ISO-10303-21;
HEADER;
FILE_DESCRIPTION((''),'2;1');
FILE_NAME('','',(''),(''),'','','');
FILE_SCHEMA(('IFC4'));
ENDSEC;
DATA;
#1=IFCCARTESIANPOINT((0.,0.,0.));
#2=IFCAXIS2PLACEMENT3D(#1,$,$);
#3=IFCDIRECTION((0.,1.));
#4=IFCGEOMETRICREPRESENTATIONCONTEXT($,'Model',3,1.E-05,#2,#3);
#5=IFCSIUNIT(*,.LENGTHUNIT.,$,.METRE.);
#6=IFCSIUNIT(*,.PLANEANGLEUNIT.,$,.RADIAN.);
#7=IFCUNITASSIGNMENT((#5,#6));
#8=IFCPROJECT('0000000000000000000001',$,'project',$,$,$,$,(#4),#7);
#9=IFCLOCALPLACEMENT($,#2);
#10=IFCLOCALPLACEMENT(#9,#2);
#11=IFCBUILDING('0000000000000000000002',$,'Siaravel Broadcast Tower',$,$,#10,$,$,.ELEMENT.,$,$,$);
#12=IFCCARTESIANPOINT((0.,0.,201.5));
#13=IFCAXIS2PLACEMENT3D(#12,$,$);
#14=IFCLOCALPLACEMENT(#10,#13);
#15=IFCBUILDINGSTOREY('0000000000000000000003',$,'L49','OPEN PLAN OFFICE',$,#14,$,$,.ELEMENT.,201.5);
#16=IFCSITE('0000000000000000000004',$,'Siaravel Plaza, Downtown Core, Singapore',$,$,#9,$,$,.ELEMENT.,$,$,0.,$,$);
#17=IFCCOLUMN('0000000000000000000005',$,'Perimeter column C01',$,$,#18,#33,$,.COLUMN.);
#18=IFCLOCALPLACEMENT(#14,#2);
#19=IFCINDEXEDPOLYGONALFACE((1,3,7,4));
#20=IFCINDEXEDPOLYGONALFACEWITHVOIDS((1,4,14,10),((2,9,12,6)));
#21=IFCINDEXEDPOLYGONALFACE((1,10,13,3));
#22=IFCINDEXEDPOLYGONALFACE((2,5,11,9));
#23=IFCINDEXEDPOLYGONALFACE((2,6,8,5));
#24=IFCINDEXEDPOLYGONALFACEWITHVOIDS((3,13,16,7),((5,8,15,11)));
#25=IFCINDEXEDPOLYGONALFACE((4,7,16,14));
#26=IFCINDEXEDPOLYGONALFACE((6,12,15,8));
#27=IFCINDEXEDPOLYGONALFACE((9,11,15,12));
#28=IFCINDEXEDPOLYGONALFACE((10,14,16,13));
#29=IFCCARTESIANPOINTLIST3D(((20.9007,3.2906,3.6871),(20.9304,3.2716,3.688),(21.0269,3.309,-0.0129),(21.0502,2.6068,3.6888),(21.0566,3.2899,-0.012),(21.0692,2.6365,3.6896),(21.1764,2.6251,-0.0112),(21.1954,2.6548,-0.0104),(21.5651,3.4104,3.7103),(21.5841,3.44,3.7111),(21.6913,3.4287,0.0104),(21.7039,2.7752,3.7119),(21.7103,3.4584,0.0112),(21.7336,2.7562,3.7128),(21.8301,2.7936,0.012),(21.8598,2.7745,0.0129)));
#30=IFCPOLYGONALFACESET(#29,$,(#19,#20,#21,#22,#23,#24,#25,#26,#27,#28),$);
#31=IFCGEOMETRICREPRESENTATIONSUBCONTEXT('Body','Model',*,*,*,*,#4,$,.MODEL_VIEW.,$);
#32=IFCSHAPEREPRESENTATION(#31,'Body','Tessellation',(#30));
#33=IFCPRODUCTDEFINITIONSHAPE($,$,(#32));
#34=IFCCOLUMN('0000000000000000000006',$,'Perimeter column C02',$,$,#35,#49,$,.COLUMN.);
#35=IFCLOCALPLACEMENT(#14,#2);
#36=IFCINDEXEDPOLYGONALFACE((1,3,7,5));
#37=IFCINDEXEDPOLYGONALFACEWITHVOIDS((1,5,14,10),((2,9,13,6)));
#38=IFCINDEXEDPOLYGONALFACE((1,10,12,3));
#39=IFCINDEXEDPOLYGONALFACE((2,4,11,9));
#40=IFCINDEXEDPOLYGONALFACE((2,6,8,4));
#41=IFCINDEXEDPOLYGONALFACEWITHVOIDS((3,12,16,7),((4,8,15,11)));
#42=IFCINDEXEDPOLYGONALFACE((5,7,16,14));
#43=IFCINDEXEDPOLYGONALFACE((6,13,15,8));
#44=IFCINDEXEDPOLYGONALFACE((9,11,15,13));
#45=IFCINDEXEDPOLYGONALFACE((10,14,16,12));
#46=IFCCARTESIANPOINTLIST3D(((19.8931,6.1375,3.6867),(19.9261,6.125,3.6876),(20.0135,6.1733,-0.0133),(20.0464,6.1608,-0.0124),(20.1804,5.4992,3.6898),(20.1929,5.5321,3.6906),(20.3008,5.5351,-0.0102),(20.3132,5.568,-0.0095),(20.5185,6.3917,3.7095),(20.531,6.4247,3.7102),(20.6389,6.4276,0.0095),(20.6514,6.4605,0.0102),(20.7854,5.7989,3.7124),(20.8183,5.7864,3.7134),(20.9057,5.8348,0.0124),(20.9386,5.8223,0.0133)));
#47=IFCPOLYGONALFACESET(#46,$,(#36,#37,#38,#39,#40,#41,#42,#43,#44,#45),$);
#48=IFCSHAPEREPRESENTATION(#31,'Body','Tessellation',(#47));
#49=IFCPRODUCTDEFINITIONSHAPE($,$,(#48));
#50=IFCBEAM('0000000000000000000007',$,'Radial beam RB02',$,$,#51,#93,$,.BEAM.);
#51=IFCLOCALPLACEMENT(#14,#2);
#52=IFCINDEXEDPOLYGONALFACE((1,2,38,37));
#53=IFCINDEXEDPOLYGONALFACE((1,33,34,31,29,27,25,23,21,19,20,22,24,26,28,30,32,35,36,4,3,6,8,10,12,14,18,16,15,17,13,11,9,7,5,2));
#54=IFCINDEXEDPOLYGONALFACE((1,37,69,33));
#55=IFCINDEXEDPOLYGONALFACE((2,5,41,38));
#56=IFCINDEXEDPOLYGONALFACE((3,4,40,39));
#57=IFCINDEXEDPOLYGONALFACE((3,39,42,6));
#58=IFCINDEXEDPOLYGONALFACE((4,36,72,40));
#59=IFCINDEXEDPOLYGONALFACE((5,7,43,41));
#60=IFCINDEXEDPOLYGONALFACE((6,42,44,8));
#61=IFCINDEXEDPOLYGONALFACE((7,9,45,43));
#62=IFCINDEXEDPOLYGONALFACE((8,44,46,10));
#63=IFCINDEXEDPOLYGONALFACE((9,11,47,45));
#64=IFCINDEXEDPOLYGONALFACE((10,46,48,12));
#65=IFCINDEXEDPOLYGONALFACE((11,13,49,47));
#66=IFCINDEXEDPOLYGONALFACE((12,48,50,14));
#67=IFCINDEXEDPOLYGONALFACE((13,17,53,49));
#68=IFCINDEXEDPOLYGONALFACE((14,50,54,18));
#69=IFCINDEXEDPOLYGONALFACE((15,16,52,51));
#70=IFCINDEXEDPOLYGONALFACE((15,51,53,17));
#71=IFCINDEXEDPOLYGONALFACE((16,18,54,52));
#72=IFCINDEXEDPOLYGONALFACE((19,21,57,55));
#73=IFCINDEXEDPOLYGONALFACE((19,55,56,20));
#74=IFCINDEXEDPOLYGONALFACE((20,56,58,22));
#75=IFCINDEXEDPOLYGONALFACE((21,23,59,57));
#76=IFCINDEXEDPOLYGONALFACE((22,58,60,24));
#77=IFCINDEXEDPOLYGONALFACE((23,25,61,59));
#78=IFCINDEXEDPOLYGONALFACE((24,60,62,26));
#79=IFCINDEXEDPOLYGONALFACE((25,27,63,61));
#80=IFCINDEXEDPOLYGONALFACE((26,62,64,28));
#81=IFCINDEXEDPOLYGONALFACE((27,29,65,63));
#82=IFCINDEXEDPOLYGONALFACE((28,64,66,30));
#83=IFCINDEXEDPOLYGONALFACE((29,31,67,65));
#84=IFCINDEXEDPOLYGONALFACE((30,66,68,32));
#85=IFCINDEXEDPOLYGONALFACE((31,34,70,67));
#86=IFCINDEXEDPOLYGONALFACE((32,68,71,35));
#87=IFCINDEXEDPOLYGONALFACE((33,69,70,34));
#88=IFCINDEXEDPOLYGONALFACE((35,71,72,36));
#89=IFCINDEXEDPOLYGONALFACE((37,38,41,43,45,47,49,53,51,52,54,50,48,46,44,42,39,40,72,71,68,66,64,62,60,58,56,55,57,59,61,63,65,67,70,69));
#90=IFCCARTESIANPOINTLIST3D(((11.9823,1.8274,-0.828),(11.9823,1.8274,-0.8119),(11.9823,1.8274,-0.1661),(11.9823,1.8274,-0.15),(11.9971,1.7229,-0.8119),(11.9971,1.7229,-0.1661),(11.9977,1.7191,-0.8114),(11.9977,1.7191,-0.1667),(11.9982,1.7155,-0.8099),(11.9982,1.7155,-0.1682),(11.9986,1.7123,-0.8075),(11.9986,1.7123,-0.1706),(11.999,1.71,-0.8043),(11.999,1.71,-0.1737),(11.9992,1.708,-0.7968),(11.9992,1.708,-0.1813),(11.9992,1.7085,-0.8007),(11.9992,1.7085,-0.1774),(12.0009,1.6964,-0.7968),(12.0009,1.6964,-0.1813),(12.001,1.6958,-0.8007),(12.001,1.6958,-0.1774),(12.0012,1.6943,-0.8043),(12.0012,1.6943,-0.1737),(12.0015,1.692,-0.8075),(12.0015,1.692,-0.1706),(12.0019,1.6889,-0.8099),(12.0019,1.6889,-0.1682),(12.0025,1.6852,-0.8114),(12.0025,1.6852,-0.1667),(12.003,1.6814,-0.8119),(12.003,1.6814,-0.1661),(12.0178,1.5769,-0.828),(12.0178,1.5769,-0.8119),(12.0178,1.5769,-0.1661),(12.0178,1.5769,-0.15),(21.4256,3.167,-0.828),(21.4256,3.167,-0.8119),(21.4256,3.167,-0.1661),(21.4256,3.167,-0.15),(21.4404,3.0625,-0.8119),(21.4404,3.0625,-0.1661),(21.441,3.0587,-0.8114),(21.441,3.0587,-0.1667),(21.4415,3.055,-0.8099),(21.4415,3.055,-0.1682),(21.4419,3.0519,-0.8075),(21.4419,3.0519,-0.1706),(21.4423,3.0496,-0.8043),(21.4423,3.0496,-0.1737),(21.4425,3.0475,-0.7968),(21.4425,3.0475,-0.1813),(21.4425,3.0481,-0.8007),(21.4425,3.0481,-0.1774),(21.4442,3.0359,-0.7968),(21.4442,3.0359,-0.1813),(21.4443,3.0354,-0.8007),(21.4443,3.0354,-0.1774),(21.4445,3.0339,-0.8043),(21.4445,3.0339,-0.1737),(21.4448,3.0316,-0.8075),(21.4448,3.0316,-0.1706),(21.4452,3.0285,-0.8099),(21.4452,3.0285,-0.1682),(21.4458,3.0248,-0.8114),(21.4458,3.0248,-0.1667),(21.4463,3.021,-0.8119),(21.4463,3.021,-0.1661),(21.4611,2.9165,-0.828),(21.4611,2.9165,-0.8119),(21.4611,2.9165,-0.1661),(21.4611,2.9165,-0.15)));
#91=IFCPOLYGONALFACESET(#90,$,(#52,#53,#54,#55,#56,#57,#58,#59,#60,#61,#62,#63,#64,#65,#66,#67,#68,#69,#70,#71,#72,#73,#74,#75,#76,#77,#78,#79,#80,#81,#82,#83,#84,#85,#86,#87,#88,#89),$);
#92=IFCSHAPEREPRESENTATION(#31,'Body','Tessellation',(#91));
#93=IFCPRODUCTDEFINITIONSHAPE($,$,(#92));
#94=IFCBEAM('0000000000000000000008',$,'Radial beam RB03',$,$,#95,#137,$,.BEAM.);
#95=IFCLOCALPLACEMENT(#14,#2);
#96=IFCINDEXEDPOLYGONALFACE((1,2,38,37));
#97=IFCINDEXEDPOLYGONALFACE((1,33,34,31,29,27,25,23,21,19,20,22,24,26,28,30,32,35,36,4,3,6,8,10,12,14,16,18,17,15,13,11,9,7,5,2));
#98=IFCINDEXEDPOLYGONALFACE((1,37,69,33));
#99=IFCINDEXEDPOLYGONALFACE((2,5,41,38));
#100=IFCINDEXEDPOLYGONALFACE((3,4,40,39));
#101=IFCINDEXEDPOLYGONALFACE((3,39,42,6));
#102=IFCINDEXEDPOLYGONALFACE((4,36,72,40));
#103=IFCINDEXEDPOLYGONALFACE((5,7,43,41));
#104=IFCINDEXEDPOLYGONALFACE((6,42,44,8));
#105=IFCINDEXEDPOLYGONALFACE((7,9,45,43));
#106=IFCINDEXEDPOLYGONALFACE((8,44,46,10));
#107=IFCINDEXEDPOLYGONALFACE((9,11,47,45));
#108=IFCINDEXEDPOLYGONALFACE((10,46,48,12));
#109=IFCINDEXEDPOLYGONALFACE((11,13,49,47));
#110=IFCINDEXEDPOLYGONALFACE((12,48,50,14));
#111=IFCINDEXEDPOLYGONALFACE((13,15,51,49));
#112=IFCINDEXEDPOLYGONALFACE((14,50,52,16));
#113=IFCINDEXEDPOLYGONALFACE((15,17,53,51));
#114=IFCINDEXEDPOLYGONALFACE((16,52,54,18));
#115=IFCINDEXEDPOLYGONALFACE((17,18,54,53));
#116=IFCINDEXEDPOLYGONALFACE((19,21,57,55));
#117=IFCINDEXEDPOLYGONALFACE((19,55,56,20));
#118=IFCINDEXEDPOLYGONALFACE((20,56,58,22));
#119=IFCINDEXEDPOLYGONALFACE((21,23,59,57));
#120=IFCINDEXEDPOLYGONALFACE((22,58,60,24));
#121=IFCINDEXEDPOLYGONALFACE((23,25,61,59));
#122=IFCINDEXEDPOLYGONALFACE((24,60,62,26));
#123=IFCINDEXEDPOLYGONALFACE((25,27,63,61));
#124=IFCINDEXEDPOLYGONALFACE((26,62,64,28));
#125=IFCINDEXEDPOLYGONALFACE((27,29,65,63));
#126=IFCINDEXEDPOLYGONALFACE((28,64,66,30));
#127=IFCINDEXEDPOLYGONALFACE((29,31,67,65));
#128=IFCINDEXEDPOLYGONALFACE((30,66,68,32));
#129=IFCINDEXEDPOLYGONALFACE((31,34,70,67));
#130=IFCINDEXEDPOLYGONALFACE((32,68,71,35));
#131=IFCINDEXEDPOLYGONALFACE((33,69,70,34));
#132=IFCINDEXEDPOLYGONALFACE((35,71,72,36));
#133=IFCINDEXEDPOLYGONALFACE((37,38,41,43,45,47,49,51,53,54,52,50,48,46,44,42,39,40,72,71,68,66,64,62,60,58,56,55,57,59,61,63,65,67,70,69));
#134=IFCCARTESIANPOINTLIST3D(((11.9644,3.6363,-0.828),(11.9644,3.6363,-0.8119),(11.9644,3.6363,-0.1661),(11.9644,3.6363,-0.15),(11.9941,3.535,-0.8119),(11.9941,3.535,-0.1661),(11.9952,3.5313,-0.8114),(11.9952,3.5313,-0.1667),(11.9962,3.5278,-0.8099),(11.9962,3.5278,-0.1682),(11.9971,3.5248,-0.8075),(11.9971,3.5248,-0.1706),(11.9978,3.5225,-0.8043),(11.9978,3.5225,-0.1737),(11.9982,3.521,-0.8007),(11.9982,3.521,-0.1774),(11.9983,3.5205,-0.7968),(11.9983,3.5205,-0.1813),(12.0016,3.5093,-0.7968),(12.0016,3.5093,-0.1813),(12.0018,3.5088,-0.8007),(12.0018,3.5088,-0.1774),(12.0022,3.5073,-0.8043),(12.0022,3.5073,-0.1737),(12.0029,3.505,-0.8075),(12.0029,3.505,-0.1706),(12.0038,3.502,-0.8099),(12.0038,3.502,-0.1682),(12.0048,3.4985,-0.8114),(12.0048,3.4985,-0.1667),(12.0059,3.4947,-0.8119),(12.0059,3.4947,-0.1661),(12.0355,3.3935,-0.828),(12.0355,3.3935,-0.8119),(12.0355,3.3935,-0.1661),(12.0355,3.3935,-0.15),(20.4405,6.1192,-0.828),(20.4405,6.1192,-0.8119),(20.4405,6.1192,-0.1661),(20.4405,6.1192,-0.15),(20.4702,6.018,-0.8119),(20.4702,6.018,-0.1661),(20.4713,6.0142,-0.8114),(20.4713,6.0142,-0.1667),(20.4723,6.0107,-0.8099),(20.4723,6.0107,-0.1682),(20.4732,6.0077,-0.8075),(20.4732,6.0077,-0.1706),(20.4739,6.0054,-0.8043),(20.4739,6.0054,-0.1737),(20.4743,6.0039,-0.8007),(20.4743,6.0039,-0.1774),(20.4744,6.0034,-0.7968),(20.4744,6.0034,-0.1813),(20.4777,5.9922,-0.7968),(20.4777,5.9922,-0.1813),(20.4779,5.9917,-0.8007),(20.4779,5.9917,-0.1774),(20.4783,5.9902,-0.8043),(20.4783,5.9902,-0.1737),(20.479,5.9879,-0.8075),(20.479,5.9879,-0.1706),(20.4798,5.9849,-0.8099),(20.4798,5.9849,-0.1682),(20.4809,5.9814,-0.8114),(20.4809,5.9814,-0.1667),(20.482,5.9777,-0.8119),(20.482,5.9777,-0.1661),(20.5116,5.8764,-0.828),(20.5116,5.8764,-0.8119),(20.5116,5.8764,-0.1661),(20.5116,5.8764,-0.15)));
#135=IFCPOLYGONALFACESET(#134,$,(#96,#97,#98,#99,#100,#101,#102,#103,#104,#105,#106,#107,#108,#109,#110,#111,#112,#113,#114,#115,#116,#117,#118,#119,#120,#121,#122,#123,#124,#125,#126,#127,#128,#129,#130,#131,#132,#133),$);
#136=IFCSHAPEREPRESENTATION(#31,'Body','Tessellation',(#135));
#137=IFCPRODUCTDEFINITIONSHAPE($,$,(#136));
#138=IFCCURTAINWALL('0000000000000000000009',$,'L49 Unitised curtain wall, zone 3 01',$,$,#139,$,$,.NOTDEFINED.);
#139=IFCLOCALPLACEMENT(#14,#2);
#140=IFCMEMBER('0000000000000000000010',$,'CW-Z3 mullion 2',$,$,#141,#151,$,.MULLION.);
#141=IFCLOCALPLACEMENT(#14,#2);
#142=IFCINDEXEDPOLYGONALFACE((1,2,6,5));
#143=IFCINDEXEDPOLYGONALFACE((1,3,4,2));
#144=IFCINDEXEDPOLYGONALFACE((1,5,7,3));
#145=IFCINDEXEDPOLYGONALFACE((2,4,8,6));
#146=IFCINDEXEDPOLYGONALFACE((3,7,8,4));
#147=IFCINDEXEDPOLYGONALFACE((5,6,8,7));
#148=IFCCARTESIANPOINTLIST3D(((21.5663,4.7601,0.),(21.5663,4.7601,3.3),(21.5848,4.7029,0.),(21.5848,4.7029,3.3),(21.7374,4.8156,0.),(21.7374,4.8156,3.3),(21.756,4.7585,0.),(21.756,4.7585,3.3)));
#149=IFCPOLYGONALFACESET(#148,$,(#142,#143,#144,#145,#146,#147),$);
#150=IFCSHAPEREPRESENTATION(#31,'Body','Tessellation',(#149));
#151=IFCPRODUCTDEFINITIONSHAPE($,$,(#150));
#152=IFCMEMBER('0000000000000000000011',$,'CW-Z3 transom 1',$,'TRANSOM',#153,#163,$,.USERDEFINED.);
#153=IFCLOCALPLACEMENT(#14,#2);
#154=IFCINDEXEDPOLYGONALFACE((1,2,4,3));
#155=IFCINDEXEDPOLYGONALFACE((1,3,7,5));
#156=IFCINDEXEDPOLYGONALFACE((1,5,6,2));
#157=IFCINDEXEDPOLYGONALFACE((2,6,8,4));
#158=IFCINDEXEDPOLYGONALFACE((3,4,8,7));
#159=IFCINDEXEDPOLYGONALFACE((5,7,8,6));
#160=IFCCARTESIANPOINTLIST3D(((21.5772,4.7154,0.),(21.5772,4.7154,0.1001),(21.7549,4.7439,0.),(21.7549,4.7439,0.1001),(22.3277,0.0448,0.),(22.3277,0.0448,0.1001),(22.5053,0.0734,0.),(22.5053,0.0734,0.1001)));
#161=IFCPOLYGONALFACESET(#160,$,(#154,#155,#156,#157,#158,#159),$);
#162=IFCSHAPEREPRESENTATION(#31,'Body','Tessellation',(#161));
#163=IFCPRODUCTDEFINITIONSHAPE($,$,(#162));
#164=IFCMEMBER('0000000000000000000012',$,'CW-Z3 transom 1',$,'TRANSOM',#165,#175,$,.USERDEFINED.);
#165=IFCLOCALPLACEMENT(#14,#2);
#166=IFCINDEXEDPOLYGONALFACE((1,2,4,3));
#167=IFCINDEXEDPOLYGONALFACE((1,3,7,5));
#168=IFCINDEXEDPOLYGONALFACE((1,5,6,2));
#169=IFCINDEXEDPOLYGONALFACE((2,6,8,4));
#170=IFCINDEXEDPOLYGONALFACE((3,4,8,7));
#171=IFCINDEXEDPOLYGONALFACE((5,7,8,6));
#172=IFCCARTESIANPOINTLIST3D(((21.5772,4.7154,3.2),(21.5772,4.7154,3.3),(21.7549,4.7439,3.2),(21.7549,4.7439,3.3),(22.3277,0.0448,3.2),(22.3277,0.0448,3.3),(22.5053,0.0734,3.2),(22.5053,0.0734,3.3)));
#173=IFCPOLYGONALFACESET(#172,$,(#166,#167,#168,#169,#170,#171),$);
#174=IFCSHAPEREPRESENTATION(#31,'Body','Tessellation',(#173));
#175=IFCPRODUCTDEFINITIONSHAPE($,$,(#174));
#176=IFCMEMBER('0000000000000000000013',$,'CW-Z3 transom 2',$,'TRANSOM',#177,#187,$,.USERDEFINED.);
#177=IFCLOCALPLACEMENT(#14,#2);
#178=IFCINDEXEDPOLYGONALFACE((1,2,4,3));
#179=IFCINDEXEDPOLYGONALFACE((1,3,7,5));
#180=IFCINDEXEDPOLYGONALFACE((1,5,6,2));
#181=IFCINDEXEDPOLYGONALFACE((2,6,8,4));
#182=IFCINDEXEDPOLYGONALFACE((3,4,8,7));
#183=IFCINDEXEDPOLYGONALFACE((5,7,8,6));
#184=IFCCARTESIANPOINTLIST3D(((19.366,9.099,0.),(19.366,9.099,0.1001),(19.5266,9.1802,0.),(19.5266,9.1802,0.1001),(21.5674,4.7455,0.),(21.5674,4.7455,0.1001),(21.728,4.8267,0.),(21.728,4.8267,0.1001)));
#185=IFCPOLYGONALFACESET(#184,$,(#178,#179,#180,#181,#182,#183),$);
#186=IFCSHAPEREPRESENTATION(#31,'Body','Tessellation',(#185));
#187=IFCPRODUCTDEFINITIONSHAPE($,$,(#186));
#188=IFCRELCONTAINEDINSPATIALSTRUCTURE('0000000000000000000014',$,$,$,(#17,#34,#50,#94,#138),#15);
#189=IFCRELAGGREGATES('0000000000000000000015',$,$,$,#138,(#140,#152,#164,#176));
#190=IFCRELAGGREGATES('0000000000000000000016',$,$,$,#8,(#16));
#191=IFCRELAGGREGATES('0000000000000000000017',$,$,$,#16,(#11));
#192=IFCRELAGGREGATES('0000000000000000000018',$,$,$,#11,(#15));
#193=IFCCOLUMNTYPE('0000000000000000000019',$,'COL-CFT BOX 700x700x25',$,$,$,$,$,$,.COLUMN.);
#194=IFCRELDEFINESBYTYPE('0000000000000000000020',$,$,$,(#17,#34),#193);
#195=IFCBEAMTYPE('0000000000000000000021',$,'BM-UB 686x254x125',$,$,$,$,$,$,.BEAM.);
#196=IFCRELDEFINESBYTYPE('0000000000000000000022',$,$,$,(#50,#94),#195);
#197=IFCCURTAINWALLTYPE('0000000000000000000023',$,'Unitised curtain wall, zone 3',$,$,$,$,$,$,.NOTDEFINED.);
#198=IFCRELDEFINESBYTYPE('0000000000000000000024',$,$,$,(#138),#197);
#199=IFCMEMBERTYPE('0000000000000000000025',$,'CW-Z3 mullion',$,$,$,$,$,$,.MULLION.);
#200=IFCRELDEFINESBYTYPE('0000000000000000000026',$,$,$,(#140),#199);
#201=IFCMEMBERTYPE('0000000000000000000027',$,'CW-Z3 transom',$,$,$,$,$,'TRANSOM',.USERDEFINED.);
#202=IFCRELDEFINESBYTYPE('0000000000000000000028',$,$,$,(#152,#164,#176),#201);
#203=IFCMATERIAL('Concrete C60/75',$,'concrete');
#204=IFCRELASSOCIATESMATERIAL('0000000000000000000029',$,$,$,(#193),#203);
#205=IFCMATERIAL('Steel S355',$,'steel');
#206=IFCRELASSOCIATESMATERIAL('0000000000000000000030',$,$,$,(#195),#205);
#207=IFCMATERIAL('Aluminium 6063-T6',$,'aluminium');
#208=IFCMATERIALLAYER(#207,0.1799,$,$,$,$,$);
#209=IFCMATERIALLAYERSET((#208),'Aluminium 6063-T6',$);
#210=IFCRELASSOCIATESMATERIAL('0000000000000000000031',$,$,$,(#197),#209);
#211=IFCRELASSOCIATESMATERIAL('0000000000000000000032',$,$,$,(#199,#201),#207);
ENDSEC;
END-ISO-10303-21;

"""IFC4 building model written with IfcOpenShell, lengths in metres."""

from ifc_helpers import new_model, si_unit, direction, frame, origin, origin_2d, place, context, subcontext, project, spatial, rectangle, hollow_rectangle, i_section, extrude, material, layer, layer_set, material_profile, profile_set, type_object, element, aggregate, save


model = new_model("IFC4")

# Units and contexts
model_context = context("Model", 3, precision=1e-05, world=origin(), true_north=direction((0.0, 1.0)))
body_context = subcontext(model_context, "Body", "Model", "MODEL_VIEW")
ifc_project = project(units=[si_unit("LENGTHUNIT", "METRE"), si_unit("PLANEANGLEUNIT", "RADIAN")], contexts=[model_context])

# Site, building, storey
site_placement = place(None, origin())
site = spatial("IfcSite", under=ifc_project, at=site_placement, Name="Siaravel Plaza, Downtown Core, Singapore", CompositionType="ELEMENT", RefElevation=0.0)
building_placement = place(site_placement, origin())
building = spatial("IfcBuilding", under=site, at=building_placement, Name="Siaravel Broadcast Tower", CompositionType="ELEMENT")
storey_placement = place(building_placement, frame((0.0, 0.0, 201.5)))
storey = spatial("IfcBuildingStorey", under=building, at=storey_placement, Name="L49", Description="OPEN PLAN OFFICE", CompositionType="ELEMENT", Elevation=201.5)

# Columns
ifc_material_1 = material(Name="Concrete C60/75", Category="concrete")
ifc_material_profile_1 = material_profile(ifc_material_1, hollow_rectangle(XDim=0.7, YDim=0.7, WallThickness=0.0249, at=origin_2d()))
ifc_profile_set_1 = profile_set([ifc_material_profile_1], Name="Concrete C60/75")
column_type = type_object("IfcColumnType", Name="COL-CFT BOX 700x700x25", PredefinedType="COLUMN", material=ifc_profile_set_1)
for number, where, z_axis, x_axis, name in (
    (1, (21.4434, 3.0417, 0.0), (-0.034094, -0.004946, 0.999406), (0.213486, -0.976943, 0.002448), "Perimeter column C01"),
    (2, (20.4761, 5.9978, 0.0), (-0.032512, -0.009694, 0.999424), (0.410411, -0.91189, 0.004506), "Perimeter column C02"),
):
    element("IfcColumn", number, at=place(storey_placement, frame(where, z_axis=z_axis, x_axis=x_axis)), inside=storey, type_object=column_type, Name=name, PredefinedType="COLUMN", context=body_context, shape_type="SweptSolid", body=[
        extrude(hollow_rectangle(XDim=0.7, YDim=0.7, WallThickness=0.0249, at=origin_2d()), origin(), (0.0, 0.0, 1.0), 3.7021),
    ])

# Beams
ifc_material_2 = material(Name="Steel S355", Category="steel")
ifc_material_profile_2 = material_profile(ifc_material_2, i_section(OverallWidth=0.2529, OverallDepth=0.678, WebThickness=0.0117, FlangeThickness=0.0161, FilletRadius=0.0151, at=origin_2d()))
ifc_profile_set_2 = profile_set([ifc_material_profile_2], Name="Steel S355")
beam_type = type_object("IfcBeamType", Name="BM-UB 686x254x125", PredefinedType="BEAM", material=ifc_profile_set_2)
beam_1_placement = place(storey_placement, frame((21.4434, 3.0417, -0.489), z_axis=(-0.990088, -0.14045, 0.0), x_axis=(0.14045, -0.990088, 0.0)))
element("IfcBeam", 3, at=beam_1_placement, inside=storey, type_object=beam_type, Name="Radial beam RB02", PredefinedType="BEAM", context=body_context, shape_type="SweptSolid", body=[
    extrude(i_section(OverallWidth=0.2529, OverallDepth=0.678, WebThickness=0.0117, FlangeThickness=0.0161, FilletRadius=0.0151, at=origin_2d()), origin(), (0.0, 0.0, 1.0), 9.5378),
])
beam_2_placement = place(storey_placement, frame((20.4761, 5.9978, -0.489), z_axis=(-0.959673, -0.281119, 0.0), x_axis=(0.281119, -0.959673, 0.0)))
element("IfcBeam", 4, at=beam_2_placement, inside=storey, type_object=beam_type, Name="Radial beam RB03", PredefinedType="BEAM", context=body_context, shape_type="SweptSolid", body=[
    extrude(i_section(OverallWidth=0.2529, OverallDepth=0.678, WebThickness=0.0117, FlangeThickness=0.0161, FilletRadius=0.0151, at=origin_2d()), origin(), (0.0, 0.0, 1.0), 8.8323),
])

# Curtain wall, members
ifc_material_3 = material(Name="Aluminium 6063-T6", Category="aluminium")
ifc_layer_1 = layer(ifc_material_3, 0.1799)
ifc_layer_set_1 = layer_set([ifc_layer_1], Name="Aluminium 6063-T6")
curtain_wall_type = type_object("IfcCurtainWallType", Name="Unitised curtain wall, zone 3", PredefinedType="NOTDEFINED", material=ifc_layer_set_1)
curtain_wall_placement = place(storey_placement, origin())
curtain_wall = element("IfcCurtainWall", 5, at=curtain_wall_placement, inside=storey, type_object=curtain_wall_type, Name="L49 Unitised curtain wall, zone 3 01", PredefinedType="NOTDEFINED")
ifc_material_profile_3 = material_profile(ifc_material_3, rectangle(XDim=0.1799, YDim=0.0601, at=origin_2d()))
ifc_profile_set_3 = profile_set([ifc_material_profile_3], Name="Aluminium 6063-T6")
member_type_1 = type_object("IfcMemberType", Name="CW-Z3 mullion", PredefinedType="MULLION", material=ifc_profile_set_3)
member_1_placement = place(storey_placement, frame((21.6611, 4.7593, 0.0), z_axis=(0.0, 0.0, 1.0), x_axis=(-0.951178, -0.308644, 0.0)))
member_1 = element("IfcMember", 6, at=member_1_placement, type_object=member_type_1, Name="CW-Z3 mullion 2", PredefinedType="MULLION", context=body_context, shape_type="SweptSolid", body=[
    extrude(rectangle(XDim=0.1799, YDim=0.0601, at=origin_2d()), origin(), (0.0, 0.0, 1.0), 3.3),
])
ifc_material_profile_4 = material_profile(ifc_material_3, rectangle(XDim=0.1799, YDim=0.1001, at=origin_2d()))
ifc_profile_set_4 = profile_set([ifc_material_profile_4], Name="Aluminium 6063-T6")
member_type_2 = type_object("IfcMemberType", Name="CW-Z3 transom", ElementType="TRANSOM", PredefinedType="USERDEFINED", material=ifc_profile_set_4)
member_2_placement = place(storey_placement, frame((22.4165, 0.0591, 0.05), z_axis=(-0.158647, 0.987335, 0.0), x_axis=(-0.987335, -0.158647, 0.0)))
member_2 = element("IfcMember", 7, at=member_2_placement, type_object=member_type_2, Name="CW-Z3 transom 1", ObjectType="TRANSOM", PredefinedType="USERDEFINED", context=body_context, shape_type="SweptSolid", body=[
    extrude(rectangle(XDim=0.1799, YDim=0.1001, at=origin_2d()), origin(), (0.0, 0.0, 1.0), 4.7305),
])
member_3_placement = place(storey_placement, frame((22.4165, 0.0591, 3.25), z_axis=(-0.158647, 0.987335, 0.0), x_axis=(-0.987335, -0.158647, 0.0)))
member_3 = element("IfcMember", 8, at=member_3_placement, type_object=member_type_2, Name="CW-Z3 transom 1", ObjectType="TRANSOM", PredefinedType="USERDEFINED", context=body_context, shape_type="SweptSolid", body=[
    extrude(rectangle(XDim=0.1799, YDim=0.1001, at=origin_2d()), origin(), (0.0, 0.0, 1.0), 4.7305),
])
member_4_placement = place(storey_placement, frame((21.6477, 4.7861, 0.05), z_axis=(-0.451253, 0.892396, 0.0), x_axis=(-0.892396, -0.451253, 0.0)))
member_4 = element("IfcMember", 9, at=member_4_placement, type_object=member_type_2, Name="CW-Z3 transom 2", ObjectType="TRANSOM", PredefinedType="USERDEFINED", context=body_context, shape_type="SweptSolid", body=[
    extrude(rectangle(XDim=0.1799, YDim=0.1001, at=origin_2d()), origin(), (0.0, 0.0, 1.0), 4.8784),
])

aggregate(curtain_wall, [member_1, member_2, member_3, member_4])

save(model, "model.ifc")
